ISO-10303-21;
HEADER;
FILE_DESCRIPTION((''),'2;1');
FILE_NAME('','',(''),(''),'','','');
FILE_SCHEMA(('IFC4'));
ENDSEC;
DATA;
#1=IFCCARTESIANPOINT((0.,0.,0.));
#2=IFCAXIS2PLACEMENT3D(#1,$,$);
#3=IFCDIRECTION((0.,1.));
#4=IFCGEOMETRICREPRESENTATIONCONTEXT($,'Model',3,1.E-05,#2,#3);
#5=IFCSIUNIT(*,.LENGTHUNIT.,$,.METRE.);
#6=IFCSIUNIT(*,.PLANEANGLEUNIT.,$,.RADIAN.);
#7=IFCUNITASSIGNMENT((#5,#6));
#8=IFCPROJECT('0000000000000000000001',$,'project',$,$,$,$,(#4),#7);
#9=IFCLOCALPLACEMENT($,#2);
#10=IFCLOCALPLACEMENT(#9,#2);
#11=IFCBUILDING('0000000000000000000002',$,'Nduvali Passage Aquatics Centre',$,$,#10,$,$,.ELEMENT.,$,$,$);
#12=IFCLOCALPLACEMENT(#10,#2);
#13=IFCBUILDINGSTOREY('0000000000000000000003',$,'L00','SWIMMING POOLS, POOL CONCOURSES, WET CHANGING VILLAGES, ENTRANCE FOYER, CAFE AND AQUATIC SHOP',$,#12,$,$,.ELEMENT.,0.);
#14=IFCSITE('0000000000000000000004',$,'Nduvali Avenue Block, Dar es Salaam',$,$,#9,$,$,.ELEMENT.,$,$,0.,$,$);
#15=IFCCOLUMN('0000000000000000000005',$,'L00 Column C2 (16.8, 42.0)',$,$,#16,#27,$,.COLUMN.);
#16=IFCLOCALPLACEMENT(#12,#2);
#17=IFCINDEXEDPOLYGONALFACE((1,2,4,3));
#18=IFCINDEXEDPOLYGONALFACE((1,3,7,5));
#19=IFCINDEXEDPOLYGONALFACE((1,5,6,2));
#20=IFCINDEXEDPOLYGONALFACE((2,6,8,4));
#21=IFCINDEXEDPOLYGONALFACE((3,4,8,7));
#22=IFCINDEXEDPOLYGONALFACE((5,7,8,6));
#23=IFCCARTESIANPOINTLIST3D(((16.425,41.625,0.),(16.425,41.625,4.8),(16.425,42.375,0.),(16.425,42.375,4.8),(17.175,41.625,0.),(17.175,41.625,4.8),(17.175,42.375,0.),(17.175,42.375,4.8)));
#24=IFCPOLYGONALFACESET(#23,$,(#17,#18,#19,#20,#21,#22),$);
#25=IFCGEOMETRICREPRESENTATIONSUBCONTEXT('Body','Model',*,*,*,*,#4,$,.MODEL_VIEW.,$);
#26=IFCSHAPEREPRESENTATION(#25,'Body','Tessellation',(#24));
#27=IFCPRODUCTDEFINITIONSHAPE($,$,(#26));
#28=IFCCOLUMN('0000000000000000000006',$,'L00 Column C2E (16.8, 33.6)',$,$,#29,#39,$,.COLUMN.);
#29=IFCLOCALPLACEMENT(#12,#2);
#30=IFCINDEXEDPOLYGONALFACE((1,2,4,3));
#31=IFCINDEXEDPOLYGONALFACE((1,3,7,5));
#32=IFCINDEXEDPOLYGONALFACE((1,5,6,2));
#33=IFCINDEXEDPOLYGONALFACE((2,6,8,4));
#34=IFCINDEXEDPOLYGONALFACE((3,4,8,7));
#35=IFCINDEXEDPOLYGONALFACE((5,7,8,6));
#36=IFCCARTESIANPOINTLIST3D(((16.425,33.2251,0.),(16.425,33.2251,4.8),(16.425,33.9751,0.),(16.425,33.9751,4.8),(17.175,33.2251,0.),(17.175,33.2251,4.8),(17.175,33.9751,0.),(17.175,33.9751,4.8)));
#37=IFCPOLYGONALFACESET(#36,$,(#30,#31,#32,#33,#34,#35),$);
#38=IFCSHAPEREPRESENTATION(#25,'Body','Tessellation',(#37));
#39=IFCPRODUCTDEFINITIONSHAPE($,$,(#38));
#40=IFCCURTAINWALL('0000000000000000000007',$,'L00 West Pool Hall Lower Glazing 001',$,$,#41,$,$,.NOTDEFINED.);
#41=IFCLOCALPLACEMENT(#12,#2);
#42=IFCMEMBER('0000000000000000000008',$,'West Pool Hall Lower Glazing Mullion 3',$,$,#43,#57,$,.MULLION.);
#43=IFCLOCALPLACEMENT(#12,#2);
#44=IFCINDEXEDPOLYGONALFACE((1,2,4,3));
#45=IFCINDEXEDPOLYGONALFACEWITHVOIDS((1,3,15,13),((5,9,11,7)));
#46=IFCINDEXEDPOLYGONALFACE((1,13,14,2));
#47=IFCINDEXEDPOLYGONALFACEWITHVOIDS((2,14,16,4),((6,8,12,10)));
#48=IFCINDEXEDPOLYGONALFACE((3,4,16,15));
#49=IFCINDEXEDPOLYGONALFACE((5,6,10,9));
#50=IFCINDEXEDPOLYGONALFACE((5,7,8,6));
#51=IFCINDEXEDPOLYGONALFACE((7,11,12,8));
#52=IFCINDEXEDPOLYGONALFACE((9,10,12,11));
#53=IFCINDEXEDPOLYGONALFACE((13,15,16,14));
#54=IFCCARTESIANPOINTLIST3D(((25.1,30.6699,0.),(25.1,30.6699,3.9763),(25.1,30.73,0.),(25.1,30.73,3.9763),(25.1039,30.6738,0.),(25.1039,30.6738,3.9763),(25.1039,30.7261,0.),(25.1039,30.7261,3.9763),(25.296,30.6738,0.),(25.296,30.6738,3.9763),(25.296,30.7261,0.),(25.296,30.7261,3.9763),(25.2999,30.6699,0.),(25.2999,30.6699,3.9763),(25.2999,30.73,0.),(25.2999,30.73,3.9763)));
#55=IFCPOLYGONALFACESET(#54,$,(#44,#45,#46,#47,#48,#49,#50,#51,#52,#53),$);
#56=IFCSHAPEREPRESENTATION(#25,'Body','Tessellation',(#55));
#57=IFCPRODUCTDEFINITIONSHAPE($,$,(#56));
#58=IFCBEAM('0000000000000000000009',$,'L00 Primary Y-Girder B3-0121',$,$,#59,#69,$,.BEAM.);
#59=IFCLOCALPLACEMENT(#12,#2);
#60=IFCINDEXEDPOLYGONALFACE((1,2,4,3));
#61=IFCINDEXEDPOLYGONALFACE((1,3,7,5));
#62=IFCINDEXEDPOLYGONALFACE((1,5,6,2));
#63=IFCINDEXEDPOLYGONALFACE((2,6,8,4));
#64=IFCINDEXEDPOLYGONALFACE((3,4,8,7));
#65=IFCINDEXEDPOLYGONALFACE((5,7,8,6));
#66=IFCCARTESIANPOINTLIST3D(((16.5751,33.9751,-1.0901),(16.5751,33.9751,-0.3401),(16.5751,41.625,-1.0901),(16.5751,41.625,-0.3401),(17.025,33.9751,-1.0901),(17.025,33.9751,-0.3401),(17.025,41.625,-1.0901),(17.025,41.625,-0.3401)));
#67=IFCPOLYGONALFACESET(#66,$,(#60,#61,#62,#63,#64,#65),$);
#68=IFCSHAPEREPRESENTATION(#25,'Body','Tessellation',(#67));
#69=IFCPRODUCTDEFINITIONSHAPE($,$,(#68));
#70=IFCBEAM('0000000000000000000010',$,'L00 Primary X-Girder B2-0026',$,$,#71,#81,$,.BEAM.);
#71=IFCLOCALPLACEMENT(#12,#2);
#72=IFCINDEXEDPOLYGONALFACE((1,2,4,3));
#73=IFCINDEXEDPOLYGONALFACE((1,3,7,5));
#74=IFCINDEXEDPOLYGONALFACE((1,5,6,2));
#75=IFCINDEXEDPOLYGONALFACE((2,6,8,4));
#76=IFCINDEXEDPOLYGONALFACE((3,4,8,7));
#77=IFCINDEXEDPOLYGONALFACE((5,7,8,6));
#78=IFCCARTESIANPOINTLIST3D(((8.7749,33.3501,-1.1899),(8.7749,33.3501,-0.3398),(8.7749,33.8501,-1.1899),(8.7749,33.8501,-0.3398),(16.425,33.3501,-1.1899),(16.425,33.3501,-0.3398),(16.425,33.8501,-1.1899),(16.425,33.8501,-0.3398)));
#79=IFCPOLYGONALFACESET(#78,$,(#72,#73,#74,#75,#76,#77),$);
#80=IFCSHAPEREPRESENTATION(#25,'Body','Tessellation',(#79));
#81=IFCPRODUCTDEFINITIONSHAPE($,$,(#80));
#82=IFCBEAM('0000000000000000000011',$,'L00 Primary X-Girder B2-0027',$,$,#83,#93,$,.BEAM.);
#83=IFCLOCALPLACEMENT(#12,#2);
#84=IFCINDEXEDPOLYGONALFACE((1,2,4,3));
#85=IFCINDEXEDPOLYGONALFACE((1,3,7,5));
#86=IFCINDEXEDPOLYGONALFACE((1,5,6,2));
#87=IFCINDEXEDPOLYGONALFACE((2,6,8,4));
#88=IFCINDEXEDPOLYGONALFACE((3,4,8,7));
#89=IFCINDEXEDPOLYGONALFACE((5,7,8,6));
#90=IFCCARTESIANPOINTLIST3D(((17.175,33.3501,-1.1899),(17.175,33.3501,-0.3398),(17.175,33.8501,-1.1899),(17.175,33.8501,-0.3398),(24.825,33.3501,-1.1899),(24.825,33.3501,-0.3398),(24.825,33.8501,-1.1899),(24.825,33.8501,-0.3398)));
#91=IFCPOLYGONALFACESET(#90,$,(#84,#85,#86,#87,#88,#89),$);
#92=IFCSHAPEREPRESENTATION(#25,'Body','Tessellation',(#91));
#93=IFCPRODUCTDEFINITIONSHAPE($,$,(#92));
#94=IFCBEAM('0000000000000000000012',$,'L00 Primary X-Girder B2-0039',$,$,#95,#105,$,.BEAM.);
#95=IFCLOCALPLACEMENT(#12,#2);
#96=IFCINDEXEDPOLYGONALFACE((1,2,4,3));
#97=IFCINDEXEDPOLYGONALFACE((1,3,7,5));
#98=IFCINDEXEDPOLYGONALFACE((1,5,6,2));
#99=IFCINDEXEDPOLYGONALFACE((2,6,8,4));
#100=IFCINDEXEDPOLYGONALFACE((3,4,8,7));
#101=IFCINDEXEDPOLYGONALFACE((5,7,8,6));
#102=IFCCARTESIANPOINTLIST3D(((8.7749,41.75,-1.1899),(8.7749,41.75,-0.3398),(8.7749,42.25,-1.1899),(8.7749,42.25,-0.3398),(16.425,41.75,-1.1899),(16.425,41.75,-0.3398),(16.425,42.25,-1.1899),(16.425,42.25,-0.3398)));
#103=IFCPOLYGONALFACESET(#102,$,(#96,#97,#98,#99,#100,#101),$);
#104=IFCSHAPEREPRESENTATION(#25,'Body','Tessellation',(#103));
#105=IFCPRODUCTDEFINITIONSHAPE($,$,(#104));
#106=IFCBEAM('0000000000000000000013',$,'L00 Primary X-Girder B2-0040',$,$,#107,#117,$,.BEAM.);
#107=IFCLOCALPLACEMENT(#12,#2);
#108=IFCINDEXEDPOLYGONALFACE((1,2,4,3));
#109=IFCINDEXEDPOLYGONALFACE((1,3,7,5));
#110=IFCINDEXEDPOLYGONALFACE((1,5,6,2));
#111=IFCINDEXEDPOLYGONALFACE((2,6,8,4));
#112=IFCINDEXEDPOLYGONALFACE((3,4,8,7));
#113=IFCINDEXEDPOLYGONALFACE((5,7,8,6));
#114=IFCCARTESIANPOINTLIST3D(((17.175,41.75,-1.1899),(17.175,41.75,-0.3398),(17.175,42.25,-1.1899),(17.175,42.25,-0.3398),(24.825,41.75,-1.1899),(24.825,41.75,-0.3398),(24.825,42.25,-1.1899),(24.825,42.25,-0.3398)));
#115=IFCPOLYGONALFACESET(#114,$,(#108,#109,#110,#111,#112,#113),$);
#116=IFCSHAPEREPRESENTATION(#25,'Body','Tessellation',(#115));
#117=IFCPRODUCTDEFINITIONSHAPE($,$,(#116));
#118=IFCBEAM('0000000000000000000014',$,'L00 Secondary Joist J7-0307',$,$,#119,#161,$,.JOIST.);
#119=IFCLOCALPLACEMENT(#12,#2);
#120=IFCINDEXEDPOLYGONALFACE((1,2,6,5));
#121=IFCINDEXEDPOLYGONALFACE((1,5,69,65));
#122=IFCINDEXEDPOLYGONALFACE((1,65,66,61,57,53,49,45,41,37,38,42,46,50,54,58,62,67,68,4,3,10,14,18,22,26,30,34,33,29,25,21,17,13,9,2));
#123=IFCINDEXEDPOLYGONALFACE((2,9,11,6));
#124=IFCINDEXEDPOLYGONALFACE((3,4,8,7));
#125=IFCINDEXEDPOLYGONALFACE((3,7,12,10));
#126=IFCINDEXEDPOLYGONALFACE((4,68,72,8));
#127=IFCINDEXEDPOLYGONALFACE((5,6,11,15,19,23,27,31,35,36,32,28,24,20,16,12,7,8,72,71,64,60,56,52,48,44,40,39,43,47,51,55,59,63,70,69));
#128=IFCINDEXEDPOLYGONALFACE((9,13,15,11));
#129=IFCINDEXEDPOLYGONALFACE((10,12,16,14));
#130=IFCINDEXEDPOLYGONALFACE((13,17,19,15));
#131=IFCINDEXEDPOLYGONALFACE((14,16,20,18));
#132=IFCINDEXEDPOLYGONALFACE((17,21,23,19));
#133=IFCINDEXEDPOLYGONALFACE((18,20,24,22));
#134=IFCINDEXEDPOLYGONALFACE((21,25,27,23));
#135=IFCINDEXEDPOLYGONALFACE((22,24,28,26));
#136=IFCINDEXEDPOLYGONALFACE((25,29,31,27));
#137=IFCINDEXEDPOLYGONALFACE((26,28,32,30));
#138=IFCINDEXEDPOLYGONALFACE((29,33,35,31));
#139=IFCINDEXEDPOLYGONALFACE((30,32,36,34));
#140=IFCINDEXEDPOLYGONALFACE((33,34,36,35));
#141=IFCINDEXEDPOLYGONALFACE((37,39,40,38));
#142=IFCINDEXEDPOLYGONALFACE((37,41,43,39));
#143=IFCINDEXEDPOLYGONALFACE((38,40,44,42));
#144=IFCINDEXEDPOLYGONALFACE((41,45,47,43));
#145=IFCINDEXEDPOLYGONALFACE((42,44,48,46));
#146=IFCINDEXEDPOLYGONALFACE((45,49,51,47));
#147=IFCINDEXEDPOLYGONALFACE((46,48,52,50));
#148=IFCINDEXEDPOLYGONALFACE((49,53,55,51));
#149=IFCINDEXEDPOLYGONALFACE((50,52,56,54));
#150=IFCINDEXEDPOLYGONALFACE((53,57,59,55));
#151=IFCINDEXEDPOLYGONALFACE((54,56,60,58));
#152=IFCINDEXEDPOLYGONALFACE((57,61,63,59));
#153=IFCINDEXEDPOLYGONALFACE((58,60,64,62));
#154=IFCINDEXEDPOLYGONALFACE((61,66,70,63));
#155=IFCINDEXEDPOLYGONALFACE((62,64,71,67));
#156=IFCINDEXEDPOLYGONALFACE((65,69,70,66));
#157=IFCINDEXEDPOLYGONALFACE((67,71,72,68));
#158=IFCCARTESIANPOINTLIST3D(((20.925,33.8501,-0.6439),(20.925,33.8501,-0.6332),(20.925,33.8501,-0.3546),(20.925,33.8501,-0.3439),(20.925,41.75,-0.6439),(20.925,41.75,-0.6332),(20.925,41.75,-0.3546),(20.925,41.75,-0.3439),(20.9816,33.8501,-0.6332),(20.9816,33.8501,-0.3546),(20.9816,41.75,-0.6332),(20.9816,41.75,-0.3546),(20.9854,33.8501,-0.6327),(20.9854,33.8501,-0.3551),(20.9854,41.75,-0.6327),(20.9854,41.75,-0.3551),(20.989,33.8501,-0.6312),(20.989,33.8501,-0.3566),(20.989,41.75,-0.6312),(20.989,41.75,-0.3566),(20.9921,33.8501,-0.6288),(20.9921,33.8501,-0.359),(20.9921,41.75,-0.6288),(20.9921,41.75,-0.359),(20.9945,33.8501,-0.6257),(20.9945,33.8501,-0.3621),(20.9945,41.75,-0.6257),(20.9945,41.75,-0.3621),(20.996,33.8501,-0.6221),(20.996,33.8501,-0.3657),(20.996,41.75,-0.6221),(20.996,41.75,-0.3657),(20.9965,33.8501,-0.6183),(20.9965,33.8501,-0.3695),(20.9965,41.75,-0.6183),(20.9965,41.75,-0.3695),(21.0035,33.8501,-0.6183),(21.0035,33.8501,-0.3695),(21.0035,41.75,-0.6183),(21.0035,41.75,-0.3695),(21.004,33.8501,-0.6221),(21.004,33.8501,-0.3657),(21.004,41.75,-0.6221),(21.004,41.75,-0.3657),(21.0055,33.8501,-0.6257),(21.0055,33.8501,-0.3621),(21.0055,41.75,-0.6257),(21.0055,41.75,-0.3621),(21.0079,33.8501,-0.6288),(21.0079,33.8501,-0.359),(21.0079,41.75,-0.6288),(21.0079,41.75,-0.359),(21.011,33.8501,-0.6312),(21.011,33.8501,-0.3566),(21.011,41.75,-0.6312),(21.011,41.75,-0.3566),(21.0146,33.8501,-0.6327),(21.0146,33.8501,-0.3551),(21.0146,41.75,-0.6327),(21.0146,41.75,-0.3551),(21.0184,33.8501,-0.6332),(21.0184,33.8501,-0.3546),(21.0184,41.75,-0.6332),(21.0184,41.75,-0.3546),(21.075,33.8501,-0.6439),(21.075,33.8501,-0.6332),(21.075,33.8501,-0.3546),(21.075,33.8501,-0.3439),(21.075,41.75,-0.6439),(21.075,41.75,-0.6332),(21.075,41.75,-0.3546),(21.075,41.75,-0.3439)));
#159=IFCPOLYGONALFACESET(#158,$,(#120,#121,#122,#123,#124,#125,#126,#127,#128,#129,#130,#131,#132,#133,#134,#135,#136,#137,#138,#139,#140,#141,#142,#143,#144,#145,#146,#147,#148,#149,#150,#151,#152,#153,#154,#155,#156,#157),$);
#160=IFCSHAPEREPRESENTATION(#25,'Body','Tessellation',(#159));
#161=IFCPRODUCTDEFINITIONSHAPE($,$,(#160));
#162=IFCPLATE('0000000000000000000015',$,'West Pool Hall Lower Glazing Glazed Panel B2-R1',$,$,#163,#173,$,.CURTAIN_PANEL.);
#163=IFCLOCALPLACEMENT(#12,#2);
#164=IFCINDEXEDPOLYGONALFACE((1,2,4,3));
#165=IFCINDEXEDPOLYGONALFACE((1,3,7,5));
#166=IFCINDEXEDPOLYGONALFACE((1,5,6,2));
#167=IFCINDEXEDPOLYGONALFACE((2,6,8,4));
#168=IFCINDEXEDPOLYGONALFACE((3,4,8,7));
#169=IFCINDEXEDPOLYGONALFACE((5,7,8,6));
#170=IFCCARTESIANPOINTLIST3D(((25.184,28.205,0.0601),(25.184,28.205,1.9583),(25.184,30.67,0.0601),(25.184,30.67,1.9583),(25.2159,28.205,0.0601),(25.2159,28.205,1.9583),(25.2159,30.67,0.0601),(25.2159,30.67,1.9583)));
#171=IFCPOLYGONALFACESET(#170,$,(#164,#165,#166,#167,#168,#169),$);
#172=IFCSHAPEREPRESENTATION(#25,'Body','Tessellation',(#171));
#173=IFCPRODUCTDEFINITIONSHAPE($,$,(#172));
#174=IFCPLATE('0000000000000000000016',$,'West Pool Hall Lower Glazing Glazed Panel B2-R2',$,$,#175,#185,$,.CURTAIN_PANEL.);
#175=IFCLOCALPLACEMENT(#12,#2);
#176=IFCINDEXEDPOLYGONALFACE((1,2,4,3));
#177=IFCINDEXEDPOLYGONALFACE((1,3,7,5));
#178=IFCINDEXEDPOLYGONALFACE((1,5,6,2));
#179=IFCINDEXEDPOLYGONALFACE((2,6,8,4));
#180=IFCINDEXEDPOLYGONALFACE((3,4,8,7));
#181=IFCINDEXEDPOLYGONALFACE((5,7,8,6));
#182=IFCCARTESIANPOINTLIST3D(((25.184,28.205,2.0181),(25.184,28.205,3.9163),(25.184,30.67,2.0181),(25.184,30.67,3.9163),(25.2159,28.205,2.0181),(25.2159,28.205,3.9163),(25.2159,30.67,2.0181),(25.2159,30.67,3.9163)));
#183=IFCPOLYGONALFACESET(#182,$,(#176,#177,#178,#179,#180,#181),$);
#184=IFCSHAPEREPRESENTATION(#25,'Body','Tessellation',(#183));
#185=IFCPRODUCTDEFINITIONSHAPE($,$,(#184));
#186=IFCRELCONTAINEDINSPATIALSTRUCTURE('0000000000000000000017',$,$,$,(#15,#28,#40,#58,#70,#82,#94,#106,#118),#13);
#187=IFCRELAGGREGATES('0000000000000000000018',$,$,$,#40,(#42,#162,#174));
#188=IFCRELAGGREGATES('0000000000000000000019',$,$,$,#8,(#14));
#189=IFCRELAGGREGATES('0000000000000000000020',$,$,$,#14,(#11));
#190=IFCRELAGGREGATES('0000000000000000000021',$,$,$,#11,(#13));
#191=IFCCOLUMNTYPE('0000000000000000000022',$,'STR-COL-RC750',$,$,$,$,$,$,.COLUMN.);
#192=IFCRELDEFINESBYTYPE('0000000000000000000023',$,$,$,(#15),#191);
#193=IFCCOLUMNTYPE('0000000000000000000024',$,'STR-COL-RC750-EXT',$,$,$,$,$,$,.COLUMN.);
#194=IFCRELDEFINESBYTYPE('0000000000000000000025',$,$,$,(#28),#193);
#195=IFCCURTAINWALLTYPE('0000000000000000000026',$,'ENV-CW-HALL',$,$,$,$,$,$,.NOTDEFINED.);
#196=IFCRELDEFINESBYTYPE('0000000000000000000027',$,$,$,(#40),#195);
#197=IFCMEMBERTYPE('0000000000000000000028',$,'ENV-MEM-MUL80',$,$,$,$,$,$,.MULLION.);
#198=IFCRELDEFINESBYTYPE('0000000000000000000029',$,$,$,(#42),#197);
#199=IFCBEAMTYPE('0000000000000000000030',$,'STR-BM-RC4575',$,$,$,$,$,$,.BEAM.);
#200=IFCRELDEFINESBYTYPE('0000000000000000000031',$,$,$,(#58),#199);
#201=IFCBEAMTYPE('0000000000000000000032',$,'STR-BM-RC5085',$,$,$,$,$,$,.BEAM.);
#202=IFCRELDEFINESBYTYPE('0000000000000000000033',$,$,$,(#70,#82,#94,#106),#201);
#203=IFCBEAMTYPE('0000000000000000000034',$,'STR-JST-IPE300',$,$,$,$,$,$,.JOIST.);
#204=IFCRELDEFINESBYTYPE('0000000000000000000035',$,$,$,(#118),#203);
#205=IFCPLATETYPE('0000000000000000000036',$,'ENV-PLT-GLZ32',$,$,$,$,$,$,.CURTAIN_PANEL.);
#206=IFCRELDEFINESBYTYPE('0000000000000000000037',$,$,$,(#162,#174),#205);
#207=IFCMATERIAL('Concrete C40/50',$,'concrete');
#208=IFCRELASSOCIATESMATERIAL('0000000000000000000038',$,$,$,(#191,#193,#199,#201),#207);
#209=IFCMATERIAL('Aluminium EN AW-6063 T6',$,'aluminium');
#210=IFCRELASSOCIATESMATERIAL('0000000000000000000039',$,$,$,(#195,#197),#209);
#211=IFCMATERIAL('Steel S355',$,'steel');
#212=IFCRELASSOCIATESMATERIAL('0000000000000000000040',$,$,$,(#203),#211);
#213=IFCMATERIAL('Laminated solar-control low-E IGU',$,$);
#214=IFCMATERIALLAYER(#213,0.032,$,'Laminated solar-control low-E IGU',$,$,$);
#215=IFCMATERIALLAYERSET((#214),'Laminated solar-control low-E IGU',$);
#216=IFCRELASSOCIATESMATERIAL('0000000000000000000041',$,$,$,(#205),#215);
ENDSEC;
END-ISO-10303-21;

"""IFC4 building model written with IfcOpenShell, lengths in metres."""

from ifc_helpers import new_model, si_unit, direction, frame, origin, origin_2d, place, context, subcontext, project, spatial, rectangle, hollow_rectangle, i_section, extrude, material, layer, layer_set, material_profile, profile_set, type_object, element, aggregate, save


model = new_model("IFC4")

# Units and contexts
model_context = context("Model", 3, precision=1e-05, world=origin(), true_north=direction((0.0, 1.0)))
body_context = subcontext(model_context, "Body", "Model", "MODEL_VIEW")
ifc_project = project(units=[si_unit("LENGTHUNIT", "METRE"), si_unit("PLANEANGLEUNIT", "RADIAN")], contexts=[model_context])

# Site, building, storey
site_placement = place(None, origin())
site = spatial("IfcSite", under=ifc_project, at=site_placement, Name="Nduvali Avenue Block, Dar es Salaam", CompositionType="ELEMENT", RefElevation=0.0)
building_placement = place(site_placement, origin())
building = spatial("IfcBuilding", under=site, at=building_placement, Name="Nduvali Passage Aquatics Centre", CompositionType="ELEMENT")
storey_placement = place(building_placement, origin())
storey = spatial("IfcBuildingStorey", under=building, at=storey_placement, Name="L00", Description="SWIMMING POOLS, POOL CONCOURSES, WET CHANGING VILLAGES, ENTRANCE FOYER, CAFE AND AQUATIC SHOP", CompositionType="ELEMENT", Elevation=0.0)

# Columns
ifc_material_1 = material(Name="Concrete C40/50", Category="concrete")
ifc_material_profile_1 = material_profile(ifc_material_1, rectangle(XDim=0.75, YDim=0.75, at=origin_2d()), Name="RC 750x750")
ifc_profile_set_1 = profile_set([ifc_material_profile_1], Name="Concrete C40/50")
column_type_1 = type_object("IfcColumnType", Name="STR-COL-RC750", PredefinedType="COLUMN", material=ifc_profile_set_1)
column_1_placement = place(storey_placement, frame((16.8, 42.0, 0.0), z_axis=(0.0, 0.0, 1.0), x_axis=(1.0, 0.0, 0.0)))
element("IfcColumn", 1, at=column_1_placement, inside=storey, type_object=column_type_1, Name="L00 Column C2 (16.8, 42.0)", PredefinedType="COLUMN", context=body_context, shape_type="SweptSolid", body=[
    extrude(rectangle(XDim=0.75, YDim=0.75, at=origin_2d()), origin(), (0.0, 0.0, 1.0), 4.8),
])
ifc_material_profile_2 = material_profile(ifc_material_1, rectangle(XDim=0.75, YDim=0.75, at=origin_2d()), Name="RC 750x750")
ifc_profile_set_2 = profile_set([ifc_material_profile_2], Name="Concrete C40/50")
column_type_2 = type_object("IfcColumnType", Name="STR-COL-RC750-EXT", PredefinedType="COLUMN", material=ifc_profile_set_2)
column_2_placement = place(storey_placement, frame((16.8, 33.6001, 0.0), z_axis=(0.0, 0.0, 1.0), x_axis=(1.0, 0.0, 0.0)))
element("IfcColumn", 2, at=column_2_placement, inside=storey, type_object=column_type_2, Name="L00 Column C2E (16.8, 33.6)", PredefinedType="COLUMN", context=body_context, shape_type="SweptSolid", body=[
    extrude(rectangle(XDim=0.75, YDim=0.75, at=origin_2d()), origin(), (0.0, 0.0, 1.0), 4.8),
])

# Curtain wall, member
ifc_material_2 = material(Name="Aluminium EN AW-6063 T6", Category="aluminium")
curtain_wall_type = type_object("IfcCurtainWallType", Name="ENV-CW-HALL", PredefinedType="NOTDEFINED", material=ifc_material_2)
curtain_wall_placement = place(storey_placement, origin())
curtain_wall = element("IfcCurtainWall", 3, at=curtain_wall_placement, inside=storey, type_object=curtain_wall_type, Name="L00 West Pool Hall Lower Glazing 001", PredefinedType="NOTDEFINED")
ifc_material_profile_3 = material_profile(ifc_material_2, hollow_rectangle(XDim=0.0601, YDim=0.2, WallThickness=0.0039, at=origin_2d()), Name="ALU MULLION 60x200x4")
ifc_profile_set_3 = profile_set([ifc_material_profile_3], Name="Aluminium EN AW-6063 T6")
member_type = type_object("IfcMemberType", Name="ENV-MEM-MUL80", PredefinedType="MULLION", material=ifc_profile_set_3)
member_placement = place(storey_placement, frame((25.2, 30.7, 0.0), z_axis=(0.0, 0.0, 1.0), x_axis=(0.0, 1.0, 0.0)))
member = element("IfcMember", 4, at=member_placement, type_object=member_type, Name="West Pool Hall Lower Glazing Mullion 3", PredefinedType="MULLION", context=body_context, shape_type="SweptSolid", body=[
    extrude(hollow_rectangle(XDim=0.0601, YDim=0.2, WallThickness=0.0039, at=origin_2d()), origin(), (0.0, 0.0, 1.0), 3.9763),
])

# Beams
ifc_material_profile_4 = material_profile(ifc_material_1, rectangle(XDim=0.45, YDim=0.75, at=origin_2d()), Name="RC 450x750")
ifc_profile_set_4 = profile_set([ifc_material_profile_4], Name="Concrete C40/50")
beam_type_1 = type_object("IfcBeamType", Name="STR-BM-RC4575", PredefinedType="BEAM", material=ifc_profile_set_4)
beam_1_placement = place(storey_placement, frame((16.8, 33.9751, -0.7151), z_axis=(0.0, 1.0, 0.0), x_axis=(-1.0, 0.0, 0.0)))
element("IfcBeam", 5, at=beam_1_placement, inside=storey, type_object=beam_type_1, Name="L00 Primary Y-Girder B3-0121", PredefinedType="BEAM", context=body_context, shape_type="SweptSolid", body=[
    extrude(rectangle(XDim=0.45, YDim=0.75, at=origin_2d()), origin(), (0.0, 0.0, 1.0), 7.6499),
])
ifc_material_profile_5 = material_profile(ifc_material_1, rectangle(XDim=0.5, YDim=0.8501, at=origin_2d()), Name="RC 500x850")
ifc_profile_set_5 = profile_set([ifc_material_profile_5], Name="Concrete C40/50")
beam_type_2 = type_object("IfcBeamType", Name="STR-BM-RC5085", PredefinedType="BEAM", material=ifc_profile_set_5)
beam_2_placement = place(storey_placement, frame((8.7749, 33.6001, -0.7649), z_axis=(1.0, 0.0, 0.0), x_axis=(0.0, 1.0, 0.0)))
element("IfcBeam", 6, at=beam_2_placement, inside=storey, type_object=beam_type_2, Name="L00 Primary X-Girder B2-0026", PredefinedType="BEAM", context=body_context, shape_type="SweptSolid", body=[
    extrude(rectangle(XDim=0.5, YDim=0.8501, at=origin_2d()), origin(), (0.0, 0.0, 1.0), 7.6501),
])
beam_3_placement = place(storey_placement, frame((17.175, 33.6001, -0.7649), z_axis=(1.0, 0.0, 0.0), x_axis=(0.0, 1.0, 0.0)))
element("IfcBeam", 7, at=beam_3_placement, inside=storey, type_object=beam_type_2, Name="L00 Primary X-Girder B2-0027", PredefinedType="BEAM", context=body_context, shape_type="SweptSolid", body=[
    extrude(rectangle(XDim=0.5, YDim=0.8501, at=origin_2d()), origin(), (0.0, 0.0, 1.0), 7.6499),
])
beam_4_placement = place(storey_placement, frame((8.7749, 42.0, -0.7649), z_axis=(1.0, 0.0, 0.0), x_axis=(0.0, 1.0, 0.0)))
element("IfcBeam", 8, at=beam_4_placement, inside=storey, type_object=beam_type_2, Name="L00 Primary X-Girder B2-0039", PredefinedType="BEAM", context=body_context, shape_type="SweptSolid", body=[
    extrude(rectangle(XDim=0.5, YDim=0.8501, at=origin_2d()), origin(), (0.0, 0.0, 1.0), 7.6501),
])
beam_5_placement = place(storey_placement, frame((17.175, 42.0, -0.7649), z_axis=(1.0, 0.0, 0.0), x_axis=(0.0, 1.0, 0.0)))
element("IfcBeam", 9, at=beam_5_placement, inside=storey, type_object=beam_type_2, Name="L00 Primary X-Girder B2-0040", PredefinedType="BEAM", context=body_context, shape_type="SweptSolid", body=[
    extrude(rectangle(XDim=0.5, YDim=0.8501, at=origin_2d()), origin(), (0.0, 0.0, 1.0), 7.6499),
])
ifc_material_3 = material(Name="Steel S355", Category="steel")
ifc_material_profile_6 = material_profile(ifc_material_3, i_section(OverallWidth=0.1499, OverallDepth=0.3, WebThickness=0.0071, FlangeThickness=0.0107, FilletRadius=0.0149, at=origin_2d()), Name="IPE 300")
ifc_profile_set_6 = profile_set([ifc_material_profile_6], Name="Steel S355")
beam_type_3 = type_object("IfcBeamType", Name="STR-JST-IPE300", PredefinedType="JOIST", material=ifc_profile_set_6)
beam_6_placement = place(storey_placement, frame((21.0, 33.8501, -0.4939), z_axis=(0.0, 1.0, 0.0), x_axis=(-1.0, 0.0, 0.0)))
element("IfcBeam", 10, at=beam_6_placement, inside=storey, type_object=beam_type_3, Name="L00 Secondary Joist J7-0307", PredefinedType="JOIST", context=body_context, shape_type="SweptSolid", body=[
    extrude(i_section(OverallWidth=0.1499, OverallDepth=0.3, WebThickness=0.0071, FlangeThickness=0.0107, FilletRadius=0.0149, at=origin_2d()), origin(), (0.0, 0.0, 1.0), 7.8999),
])

# Plates
ifc_material_4 = material(Name="Laminated solar-control low-E IGU")
ifc_layer_1 = layer(ifc_material_4, 0.032, Name="Laminated solar-control low-E IGU")
ifc_layer_set_1 = layer_set([ifc_layer_1], Name="Laminated solar-control low-E IGU")
plate_type = type_object("IfcPlateType", Name="ENV-PLT-GLZ32", PredefinedType="CURTAIN_PANEL", material=ifc_layer_set_1)
plate_1_placement = place(storey_placement, frame((25.2, 29.4375, 0.0601), z_axis=(0.0, 0.0, 1.0), x_axis=(0.0, 1.0, 0.0)))
plate_1 = element("IfcPlate", 11, at=plate_1_placement, type_object=plate_type, Name="West Pool Hall Lower Glazing Glazed Panel B2-R1", PredefinedType="CURTAIN_PANEL", context=body_context, shape_type="SweptSolid", body=[
    extrude(rectangle(XDim=2.4651, YDim=0.032, at=origin_2d()), origin(), (0.0, 0.0, 1.0), 1.8982),
])
plate_2_placement = place(storey_placement, frame((25.2, 29.4375, 2.0181), z_axis=(0.0, 0.0, 1.0), x_axis=(0.0, 1.0, 0.0)))
plate_2 = element("IfcPlate", 12, at=plate_2_placement, type_object=plate_type, Name="West Pool Hall Lower Glazing Glazed Panel B2-R2", PredefinedType="CURTAIN_PANEL", context=body_context, shape_type="SweptSolid", body=[
    extrude(rectangle(XDim=2.4651, YDim=0.032, at=origin_2d()), origin(), (0.0, 0.0, 1.0), 1.8982),
])
aggregate(curtain_wall, [member, plate_1, plate_2])

save(model, "model.ifc")
